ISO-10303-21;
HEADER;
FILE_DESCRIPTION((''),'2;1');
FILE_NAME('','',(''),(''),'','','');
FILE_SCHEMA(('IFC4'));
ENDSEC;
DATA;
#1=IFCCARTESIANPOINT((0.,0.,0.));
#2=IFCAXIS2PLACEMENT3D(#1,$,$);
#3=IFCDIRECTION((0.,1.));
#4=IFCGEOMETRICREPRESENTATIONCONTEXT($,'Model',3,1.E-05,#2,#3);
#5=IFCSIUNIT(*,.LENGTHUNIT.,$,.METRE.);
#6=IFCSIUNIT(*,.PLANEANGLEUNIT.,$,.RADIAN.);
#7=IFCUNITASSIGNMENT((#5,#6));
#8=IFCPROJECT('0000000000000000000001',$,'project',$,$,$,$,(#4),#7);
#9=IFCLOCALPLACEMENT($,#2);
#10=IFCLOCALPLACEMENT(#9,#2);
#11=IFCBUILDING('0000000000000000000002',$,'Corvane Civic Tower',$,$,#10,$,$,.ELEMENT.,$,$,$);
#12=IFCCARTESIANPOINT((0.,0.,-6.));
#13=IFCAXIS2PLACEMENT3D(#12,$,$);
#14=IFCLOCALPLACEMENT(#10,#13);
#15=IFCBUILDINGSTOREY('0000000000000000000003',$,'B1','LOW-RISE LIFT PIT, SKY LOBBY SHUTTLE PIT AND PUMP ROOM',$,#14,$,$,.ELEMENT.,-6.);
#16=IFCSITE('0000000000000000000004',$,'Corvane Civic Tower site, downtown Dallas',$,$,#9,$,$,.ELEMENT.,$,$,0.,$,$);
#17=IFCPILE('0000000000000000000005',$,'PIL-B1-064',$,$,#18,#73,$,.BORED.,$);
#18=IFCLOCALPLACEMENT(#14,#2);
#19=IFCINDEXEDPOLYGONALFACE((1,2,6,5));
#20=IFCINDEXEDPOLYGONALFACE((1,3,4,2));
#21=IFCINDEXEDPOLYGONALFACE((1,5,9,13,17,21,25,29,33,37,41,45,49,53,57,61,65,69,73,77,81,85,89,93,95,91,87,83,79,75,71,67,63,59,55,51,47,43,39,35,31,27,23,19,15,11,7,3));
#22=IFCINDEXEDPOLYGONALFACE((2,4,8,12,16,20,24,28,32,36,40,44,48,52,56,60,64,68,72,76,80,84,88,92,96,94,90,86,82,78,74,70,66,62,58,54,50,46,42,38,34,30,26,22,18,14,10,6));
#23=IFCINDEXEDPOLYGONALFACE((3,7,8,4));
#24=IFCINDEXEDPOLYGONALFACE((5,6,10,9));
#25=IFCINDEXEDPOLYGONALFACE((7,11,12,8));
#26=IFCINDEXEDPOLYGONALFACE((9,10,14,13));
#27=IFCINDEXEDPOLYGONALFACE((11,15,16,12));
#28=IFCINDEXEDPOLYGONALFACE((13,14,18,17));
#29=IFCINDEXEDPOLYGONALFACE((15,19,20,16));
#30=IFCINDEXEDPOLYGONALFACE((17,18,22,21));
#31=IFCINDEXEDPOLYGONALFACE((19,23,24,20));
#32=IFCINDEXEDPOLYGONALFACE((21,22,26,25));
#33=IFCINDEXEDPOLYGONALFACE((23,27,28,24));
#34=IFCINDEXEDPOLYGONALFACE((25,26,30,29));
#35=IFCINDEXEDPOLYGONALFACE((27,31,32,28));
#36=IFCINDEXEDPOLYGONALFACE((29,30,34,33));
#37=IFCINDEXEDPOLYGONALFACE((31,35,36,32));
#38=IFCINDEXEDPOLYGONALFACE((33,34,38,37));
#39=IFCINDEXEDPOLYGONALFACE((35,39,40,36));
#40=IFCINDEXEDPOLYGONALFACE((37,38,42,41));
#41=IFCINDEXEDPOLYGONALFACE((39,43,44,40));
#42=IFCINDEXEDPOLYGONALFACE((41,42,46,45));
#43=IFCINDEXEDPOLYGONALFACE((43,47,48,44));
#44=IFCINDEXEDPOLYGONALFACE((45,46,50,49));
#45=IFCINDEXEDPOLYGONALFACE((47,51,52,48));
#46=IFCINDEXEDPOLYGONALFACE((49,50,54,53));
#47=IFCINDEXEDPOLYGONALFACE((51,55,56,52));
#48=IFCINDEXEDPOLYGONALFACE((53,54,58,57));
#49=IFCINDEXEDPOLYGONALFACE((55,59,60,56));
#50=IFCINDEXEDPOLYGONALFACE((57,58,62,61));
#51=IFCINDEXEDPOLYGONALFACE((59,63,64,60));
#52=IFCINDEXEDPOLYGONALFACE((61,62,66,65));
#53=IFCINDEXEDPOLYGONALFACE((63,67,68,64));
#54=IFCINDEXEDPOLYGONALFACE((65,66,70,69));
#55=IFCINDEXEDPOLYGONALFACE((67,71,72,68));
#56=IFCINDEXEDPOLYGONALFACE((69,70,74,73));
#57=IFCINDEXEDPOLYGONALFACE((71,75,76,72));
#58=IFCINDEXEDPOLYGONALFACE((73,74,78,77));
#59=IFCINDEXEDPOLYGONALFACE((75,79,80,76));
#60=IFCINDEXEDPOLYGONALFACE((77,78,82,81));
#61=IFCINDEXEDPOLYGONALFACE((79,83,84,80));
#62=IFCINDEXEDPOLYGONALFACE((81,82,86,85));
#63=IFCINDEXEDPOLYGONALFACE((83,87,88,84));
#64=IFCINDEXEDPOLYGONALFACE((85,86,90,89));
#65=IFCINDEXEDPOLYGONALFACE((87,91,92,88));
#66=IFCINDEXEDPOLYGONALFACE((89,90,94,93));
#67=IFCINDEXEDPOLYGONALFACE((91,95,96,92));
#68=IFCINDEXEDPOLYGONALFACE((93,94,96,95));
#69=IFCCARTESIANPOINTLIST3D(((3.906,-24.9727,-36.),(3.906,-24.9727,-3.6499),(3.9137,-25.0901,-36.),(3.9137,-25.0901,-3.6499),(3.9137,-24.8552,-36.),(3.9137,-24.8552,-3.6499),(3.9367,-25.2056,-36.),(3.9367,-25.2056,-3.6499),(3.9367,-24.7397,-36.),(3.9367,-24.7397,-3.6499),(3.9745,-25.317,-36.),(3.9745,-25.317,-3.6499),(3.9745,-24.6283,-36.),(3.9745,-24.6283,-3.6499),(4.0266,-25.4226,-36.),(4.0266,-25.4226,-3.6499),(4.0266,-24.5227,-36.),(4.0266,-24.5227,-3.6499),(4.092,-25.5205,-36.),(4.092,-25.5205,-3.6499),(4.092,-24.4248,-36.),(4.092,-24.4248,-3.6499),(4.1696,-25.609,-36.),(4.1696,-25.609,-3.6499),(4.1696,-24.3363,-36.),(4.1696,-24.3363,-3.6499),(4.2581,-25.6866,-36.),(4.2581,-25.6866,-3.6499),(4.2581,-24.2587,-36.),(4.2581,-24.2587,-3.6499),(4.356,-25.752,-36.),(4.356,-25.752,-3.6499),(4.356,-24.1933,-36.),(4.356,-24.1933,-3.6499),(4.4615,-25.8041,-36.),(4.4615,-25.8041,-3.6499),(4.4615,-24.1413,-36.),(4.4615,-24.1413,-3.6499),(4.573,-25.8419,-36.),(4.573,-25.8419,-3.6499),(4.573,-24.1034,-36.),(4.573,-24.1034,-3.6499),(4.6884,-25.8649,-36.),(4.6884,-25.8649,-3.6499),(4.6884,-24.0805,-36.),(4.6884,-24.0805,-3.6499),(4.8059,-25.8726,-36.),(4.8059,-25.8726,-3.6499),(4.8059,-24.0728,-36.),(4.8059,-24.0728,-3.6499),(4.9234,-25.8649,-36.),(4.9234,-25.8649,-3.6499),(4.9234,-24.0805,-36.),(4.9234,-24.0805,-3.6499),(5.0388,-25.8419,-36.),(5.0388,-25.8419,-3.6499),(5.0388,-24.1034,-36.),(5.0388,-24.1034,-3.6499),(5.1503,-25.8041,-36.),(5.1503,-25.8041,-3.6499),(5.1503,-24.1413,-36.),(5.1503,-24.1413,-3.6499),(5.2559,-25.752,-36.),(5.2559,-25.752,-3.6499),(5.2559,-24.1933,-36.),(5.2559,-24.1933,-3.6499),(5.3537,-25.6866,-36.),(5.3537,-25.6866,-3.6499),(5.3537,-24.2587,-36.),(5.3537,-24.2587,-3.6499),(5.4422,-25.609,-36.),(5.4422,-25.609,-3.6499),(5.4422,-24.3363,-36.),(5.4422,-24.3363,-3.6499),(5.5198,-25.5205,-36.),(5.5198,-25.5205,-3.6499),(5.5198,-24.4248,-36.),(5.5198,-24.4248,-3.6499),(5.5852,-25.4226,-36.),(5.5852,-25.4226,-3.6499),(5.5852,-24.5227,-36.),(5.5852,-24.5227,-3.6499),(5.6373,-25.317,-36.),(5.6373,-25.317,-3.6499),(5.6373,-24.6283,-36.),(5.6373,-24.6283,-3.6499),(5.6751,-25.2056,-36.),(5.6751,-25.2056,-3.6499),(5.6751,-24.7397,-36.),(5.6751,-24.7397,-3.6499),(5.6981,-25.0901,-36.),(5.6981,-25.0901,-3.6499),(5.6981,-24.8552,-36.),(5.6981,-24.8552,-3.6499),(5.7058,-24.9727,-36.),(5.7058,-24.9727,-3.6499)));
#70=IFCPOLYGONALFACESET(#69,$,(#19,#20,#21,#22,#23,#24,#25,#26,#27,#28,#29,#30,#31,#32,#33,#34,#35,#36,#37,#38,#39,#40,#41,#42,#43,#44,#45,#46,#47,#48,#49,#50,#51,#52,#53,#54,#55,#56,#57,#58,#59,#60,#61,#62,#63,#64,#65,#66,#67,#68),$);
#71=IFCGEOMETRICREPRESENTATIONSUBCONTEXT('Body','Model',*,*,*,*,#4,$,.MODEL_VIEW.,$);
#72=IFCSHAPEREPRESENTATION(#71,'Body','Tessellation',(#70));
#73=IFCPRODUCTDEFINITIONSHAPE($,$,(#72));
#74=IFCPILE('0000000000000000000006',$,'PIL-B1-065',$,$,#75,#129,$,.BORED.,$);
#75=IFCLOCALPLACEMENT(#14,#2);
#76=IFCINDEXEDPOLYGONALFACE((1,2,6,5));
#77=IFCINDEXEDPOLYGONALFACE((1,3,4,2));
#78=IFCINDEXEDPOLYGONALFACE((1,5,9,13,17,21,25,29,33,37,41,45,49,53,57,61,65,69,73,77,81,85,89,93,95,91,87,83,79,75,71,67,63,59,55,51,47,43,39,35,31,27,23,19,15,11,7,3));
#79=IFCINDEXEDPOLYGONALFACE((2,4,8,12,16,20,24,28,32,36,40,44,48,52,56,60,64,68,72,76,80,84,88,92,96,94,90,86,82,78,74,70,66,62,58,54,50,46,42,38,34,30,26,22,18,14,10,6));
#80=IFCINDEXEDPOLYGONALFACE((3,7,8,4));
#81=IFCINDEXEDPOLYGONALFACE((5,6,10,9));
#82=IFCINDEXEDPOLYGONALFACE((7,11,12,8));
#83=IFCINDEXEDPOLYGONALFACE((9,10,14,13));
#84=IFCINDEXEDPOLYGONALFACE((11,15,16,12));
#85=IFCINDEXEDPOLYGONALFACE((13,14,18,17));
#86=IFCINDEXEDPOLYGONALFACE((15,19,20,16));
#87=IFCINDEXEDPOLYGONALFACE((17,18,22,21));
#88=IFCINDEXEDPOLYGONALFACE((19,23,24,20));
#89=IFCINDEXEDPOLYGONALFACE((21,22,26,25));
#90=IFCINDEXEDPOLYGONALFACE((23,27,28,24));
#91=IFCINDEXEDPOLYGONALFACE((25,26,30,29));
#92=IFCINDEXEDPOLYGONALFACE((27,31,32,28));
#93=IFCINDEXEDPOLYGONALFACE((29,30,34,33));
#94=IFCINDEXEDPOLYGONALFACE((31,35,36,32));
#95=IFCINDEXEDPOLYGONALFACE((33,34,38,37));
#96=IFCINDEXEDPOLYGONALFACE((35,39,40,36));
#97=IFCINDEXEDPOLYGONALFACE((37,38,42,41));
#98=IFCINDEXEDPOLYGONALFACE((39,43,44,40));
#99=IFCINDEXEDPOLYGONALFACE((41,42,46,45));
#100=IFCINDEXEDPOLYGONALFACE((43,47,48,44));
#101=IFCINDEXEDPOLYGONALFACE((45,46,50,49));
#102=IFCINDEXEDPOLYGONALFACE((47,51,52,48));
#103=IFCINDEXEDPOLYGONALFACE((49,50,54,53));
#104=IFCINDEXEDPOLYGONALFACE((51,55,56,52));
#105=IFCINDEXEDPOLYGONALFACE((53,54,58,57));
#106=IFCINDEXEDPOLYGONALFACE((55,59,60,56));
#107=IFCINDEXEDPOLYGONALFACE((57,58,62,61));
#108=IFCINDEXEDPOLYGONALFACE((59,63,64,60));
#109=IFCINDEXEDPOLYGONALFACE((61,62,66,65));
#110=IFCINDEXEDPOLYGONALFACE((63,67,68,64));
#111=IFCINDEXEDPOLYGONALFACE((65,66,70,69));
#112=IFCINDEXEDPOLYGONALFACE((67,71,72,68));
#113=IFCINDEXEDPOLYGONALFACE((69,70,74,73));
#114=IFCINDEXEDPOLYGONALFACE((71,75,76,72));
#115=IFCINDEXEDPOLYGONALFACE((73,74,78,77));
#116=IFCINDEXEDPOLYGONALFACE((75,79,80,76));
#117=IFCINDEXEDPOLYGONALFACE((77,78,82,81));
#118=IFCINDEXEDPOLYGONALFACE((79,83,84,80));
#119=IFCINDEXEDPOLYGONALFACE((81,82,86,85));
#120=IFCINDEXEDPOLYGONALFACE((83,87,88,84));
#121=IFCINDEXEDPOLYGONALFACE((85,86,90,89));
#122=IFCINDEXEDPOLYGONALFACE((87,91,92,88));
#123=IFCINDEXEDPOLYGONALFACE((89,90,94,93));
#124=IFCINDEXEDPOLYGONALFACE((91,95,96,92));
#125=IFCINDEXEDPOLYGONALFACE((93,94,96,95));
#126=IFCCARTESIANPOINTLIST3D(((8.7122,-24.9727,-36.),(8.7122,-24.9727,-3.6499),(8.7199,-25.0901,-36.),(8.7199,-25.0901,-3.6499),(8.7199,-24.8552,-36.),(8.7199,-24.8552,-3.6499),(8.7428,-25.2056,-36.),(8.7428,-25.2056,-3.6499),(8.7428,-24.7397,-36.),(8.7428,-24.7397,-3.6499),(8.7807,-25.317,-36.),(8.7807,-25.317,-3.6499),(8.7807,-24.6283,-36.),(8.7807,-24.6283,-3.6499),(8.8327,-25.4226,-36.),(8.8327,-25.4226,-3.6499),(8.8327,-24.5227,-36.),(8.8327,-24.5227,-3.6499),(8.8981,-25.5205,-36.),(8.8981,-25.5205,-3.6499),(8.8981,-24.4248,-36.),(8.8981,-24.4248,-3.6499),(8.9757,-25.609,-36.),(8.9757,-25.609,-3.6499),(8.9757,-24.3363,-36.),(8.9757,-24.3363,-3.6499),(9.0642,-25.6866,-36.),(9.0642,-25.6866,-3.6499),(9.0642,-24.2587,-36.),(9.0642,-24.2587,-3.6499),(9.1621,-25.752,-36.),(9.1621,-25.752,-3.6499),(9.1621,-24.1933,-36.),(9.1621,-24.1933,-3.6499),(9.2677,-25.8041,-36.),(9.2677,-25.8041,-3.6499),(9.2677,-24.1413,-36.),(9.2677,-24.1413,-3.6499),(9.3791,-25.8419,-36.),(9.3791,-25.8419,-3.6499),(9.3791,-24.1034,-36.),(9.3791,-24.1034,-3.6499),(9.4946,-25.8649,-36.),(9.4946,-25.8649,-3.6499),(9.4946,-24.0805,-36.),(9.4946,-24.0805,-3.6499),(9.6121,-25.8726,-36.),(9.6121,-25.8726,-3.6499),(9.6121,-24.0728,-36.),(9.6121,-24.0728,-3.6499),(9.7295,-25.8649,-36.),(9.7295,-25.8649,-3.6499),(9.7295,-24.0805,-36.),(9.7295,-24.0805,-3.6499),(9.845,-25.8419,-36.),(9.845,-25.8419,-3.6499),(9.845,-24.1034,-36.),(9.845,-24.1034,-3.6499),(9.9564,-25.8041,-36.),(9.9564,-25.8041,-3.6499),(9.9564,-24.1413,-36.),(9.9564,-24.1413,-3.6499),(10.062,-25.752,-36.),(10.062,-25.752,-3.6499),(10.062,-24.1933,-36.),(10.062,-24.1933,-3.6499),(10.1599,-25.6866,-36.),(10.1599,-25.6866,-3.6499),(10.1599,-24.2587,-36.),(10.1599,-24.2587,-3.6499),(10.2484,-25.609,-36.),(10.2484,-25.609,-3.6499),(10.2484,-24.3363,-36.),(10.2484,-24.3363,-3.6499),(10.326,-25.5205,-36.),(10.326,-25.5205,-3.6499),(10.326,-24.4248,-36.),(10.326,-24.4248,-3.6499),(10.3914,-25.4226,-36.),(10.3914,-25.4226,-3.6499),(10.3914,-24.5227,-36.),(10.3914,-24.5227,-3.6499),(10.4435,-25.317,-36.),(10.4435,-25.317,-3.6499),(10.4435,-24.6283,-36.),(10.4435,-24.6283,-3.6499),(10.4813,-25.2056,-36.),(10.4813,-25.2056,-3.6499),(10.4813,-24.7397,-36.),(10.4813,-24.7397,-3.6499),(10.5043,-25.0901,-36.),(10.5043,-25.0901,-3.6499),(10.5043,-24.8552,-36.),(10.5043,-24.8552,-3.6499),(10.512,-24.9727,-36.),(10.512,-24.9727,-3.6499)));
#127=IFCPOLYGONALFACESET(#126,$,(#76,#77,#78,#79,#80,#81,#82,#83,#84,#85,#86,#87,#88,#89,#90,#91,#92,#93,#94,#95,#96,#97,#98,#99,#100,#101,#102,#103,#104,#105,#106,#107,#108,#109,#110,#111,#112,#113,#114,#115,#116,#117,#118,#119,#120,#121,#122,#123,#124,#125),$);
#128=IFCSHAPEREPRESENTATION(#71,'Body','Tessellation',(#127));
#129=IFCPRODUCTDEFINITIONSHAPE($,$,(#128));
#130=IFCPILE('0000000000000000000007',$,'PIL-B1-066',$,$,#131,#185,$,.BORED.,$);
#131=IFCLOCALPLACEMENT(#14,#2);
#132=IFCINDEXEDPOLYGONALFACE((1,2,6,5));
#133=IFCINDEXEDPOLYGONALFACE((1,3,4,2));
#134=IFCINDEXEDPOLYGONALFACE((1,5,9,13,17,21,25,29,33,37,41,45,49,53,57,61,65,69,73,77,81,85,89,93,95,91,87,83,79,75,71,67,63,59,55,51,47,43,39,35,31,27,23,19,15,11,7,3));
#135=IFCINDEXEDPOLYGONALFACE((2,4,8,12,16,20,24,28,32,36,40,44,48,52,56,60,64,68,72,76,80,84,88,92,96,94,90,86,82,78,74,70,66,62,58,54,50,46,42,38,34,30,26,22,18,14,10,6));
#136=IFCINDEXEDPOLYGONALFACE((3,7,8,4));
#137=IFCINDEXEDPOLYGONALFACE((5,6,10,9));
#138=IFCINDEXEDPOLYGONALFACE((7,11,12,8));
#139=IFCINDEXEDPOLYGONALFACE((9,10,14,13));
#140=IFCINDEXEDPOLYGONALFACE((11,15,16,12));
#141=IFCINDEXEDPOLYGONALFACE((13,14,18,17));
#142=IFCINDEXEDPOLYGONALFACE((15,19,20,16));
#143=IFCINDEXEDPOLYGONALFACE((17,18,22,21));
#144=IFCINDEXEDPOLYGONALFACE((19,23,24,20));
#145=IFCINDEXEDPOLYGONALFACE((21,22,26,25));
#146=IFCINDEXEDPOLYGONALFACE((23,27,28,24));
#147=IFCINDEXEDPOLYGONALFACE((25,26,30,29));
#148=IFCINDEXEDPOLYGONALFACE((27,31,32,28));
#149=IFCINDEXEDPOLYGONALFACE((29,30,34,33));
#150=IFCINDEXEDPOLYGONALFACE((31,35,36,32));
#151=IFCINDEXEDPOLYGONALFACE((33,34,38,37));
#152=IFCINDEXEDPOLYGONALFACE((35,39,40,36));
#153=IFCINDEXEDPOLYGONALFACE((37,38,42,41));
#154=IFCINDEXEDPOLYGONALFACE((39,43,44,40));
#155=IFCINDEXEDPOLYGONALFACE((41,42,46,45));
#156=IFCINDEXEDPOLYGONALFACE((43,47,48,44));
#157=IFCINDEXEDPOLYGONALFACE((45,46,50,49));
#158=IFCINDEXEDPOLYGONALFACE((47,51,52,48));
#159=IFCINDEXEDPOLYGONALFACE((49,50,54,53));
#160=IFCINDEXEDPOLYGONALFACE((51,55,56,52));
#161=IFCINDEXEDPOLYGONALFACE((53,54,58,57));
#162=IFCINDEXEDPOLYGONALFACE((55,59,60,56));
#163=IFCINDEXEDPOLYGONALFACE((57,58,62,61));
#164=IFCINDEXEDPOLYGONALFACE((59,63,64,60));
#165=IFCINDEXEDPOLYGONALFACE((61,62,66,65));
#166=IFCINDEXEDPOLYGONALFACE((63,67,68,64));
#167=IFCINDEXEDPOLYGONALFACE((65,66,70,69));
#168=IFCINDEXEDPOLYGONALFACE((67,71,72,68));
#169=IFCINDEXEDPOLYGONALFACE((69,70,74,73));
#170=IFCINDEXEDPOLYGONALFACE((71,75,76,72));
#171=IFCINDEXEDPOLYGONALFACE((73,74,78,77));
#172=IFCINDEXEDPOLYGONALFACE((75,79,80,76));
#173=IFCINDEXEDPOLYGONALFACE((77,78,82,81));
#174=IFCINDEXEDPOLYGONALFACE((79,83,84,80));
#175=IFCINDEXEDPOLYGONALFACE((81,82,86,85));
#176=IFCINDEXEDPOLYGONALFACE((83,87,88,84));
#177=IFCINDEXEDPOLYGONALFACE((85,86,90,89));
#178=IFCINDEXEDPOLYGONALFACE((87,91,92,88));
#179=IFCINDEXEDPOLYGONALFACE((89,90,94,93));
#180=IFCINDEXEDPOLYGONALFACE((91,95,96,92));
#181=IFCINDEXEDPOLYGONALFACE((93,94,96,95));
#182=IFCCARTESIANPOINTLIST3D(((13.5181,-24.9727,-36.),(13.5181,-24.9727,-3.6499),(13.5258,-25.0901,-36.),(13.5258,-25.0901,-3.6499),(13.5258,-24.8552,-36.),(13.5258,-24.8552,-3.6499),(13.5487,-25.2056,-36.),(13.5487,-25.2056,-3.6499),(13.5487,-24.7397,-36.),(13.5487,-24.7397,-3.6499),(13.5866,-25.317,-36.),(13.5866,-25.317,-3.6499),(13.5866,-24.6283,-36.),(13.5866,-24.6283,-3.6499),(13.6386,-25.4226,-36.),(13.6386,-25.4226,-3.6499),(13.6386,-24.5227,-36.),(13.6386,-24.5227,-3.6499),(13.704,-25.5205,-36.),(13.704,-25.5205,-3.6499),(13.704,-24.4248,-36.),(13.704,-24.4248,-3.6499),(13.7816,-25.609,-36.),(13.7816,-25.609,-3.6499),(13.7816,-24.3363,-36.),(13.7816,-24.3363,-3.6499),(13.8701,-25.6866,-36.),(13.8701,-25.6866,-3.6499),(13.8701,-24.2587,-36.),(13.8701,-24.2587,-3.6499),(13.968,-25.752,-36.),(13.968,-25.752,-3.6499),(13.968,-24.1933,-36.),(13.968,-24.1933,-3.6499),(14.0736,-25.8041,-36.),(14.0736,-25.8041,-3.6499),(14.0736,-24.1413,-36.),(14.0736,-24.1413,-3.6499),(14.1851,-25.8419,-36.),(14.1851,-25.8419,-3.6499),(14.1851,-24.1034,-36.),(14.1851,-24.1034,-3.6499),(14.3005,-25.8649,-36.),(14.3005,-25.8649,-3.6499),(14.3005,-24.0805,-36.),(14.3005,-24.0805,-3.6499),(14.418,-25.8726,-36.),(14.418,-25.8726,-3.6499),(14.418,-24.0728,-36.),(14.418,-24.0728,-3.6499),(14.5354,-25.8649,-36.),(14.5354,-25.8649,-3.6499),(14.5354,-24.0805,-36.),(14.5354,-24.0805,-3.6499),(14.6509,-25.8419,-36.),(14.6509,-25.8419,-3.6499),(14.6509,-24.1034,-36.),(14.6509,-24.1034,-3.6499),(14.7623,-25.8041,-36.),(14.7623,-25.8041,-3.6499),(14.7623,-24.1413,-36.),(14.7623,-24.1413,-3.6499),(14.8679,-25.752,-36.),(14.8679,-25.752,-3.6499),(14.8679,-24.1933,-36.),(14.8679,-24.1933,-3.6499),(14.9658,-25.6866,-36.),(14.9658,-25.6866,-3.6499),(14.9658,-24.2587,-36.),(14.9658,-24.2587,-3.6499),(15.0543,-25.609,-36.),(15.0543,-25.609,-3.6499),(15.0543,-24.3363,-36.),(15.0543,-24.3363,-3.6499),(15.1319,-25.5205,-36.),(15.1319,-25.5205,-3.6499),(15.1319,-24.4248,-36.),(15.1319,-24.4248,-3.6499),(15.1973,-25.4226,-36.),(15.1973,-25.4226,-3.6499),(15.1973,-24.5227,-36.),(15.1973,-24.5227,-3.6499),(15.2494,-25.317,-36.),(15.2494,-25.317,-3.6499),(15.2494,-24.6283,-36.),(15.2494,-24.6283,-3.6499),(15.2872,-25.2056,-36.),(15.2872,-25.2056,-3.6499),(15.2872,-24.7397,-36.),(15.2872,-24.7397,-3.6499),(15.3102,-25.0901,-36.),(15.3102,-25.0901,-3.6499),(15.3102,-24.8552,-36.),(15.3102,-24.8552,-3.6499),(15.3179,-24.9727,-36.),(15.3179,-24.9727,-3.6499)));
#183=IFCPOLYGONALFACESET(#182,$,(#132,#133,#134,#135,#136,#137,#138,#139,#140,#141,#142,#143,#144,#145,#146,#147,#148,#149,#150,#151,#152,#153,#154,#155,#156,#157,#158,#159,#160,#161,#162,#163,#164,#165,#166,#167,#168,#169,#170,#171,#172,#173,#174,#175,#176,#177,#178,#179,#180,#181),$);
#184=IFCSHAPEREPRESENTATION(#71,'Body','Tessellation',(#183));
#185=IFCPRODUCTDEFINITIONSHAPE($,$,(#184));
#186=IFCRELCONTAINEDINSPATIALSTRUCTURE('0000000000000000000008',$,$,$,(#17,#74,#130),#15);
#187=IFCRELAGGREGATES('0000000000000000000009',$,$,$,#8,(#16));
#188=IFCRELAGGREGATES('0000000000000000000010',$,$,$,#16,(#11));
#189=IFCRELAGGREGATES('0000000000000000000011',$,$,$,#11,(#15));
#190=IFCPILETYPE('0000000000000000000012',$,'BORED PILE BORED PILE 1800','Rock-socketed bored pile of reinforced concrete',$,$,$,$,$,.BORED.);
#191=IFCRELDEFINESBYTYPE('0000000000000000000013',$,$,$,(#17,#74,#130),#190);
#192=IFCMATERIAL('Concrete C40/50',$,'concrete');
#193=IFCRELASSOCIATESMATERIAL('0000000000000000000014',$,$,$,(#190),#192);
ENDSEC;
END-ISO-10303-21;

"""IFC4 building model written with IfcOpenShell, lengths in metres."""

from ifc_helpers import new_model, si_unit, direction, frame, origin, origin_2d, place, context, subcontext, project, spatial, circle, extrude, material, material_profile, profile_set, type_object, element, save


model = new_model("IFC4")

# Units and contexts
model_context = context("Model", 3, precision=1e-05, world=origin(), true_north=direction((0.0, 1.0)))
body_context = subcontext(model_context, "Body", "Model", "MODEL_VIEW")
ifc_project = project(units=[si_unit("LENGTHUNIT", "METRE"), si_unit("PLANEANGLEUNIT", "RADIAN")], contexts=[model_context])

# Site, building, storey
site_placement = place(None, origin())
site = spatial("IfcSite", under=ifc_project, at=site_placement, Name="Corvane Civic Tower site, downtown Dallas", CompositionType="ELEMENT", RefElevation=0.0)
building_placement = place(site_placement, origin())
building = spatial("IfcBuilding", under=site, at=building_placement, Name="Corvane Civic Tower", CompositionType="ELEMENT")
storey_placement = place(building_placement, frame((0.0, 0.0, -6.0)))
storey = spatial("IfcBuildingStorey", under=building, at=storey_placement, Name="B1", Description="LOW-RISE LIFT PIT, SKY LOBBY SHUTTLE PIT AND PUMP ROOM", CompositionType="ELEMENT", Elevation=-6.0)

# Piles
ifc_material_1 = material(Name="Concrete C40/50", Category="concrete")
ifc_material_profile = material_profile(ifc_material_1, circle(Radius=0.8999, at=origin_2d()), Name="BORED PILE 1800")
ifc_profile_set = profile_set([ifc_material_profile], Name="Concrete C40/50")
pile_type = type_object("IfcPileType", Name="BORED PILE BORED PILE 1800", Description="Rock-socketed bored pile of reinforced concrete", PredefinedType="BORED", material=ifc_profile_set)
for number, where, z_axis, x_axis, name in (
    (1, (4.8059, -24.9727, -3.6499), (0.0, 0.0, -1.0), (1.0, 0.0, 0.0), "PIL-B1-064"),
    (2, (9.6121, -24.9727, -3.6499), (0.0, 0.0, -1.0), (1.0, 0.0, 0.0), "PIL-B1-065"),
    (3, (14.418, -24.9727, -3.6499), (0.0, 0.0, -1.0), (1.0, 0.0, 0.0), "PIL-B1-066"),
):
    element("IfcPile", number, at=place(storey_placement, frame(where, z_axis=z_axis, x_axis=x_axis)), inside=storey, type_object=pile_type, Name=name, PredefinedType="BORED", context=body_context, shape_type="SweptSolid", body=[
        extrude(circle(Radius=0.8999, at=origin_2d()), origin(), (0.0, 0.0, 1.0), 32.3501),
    ])

save(model, "model.ifc")
